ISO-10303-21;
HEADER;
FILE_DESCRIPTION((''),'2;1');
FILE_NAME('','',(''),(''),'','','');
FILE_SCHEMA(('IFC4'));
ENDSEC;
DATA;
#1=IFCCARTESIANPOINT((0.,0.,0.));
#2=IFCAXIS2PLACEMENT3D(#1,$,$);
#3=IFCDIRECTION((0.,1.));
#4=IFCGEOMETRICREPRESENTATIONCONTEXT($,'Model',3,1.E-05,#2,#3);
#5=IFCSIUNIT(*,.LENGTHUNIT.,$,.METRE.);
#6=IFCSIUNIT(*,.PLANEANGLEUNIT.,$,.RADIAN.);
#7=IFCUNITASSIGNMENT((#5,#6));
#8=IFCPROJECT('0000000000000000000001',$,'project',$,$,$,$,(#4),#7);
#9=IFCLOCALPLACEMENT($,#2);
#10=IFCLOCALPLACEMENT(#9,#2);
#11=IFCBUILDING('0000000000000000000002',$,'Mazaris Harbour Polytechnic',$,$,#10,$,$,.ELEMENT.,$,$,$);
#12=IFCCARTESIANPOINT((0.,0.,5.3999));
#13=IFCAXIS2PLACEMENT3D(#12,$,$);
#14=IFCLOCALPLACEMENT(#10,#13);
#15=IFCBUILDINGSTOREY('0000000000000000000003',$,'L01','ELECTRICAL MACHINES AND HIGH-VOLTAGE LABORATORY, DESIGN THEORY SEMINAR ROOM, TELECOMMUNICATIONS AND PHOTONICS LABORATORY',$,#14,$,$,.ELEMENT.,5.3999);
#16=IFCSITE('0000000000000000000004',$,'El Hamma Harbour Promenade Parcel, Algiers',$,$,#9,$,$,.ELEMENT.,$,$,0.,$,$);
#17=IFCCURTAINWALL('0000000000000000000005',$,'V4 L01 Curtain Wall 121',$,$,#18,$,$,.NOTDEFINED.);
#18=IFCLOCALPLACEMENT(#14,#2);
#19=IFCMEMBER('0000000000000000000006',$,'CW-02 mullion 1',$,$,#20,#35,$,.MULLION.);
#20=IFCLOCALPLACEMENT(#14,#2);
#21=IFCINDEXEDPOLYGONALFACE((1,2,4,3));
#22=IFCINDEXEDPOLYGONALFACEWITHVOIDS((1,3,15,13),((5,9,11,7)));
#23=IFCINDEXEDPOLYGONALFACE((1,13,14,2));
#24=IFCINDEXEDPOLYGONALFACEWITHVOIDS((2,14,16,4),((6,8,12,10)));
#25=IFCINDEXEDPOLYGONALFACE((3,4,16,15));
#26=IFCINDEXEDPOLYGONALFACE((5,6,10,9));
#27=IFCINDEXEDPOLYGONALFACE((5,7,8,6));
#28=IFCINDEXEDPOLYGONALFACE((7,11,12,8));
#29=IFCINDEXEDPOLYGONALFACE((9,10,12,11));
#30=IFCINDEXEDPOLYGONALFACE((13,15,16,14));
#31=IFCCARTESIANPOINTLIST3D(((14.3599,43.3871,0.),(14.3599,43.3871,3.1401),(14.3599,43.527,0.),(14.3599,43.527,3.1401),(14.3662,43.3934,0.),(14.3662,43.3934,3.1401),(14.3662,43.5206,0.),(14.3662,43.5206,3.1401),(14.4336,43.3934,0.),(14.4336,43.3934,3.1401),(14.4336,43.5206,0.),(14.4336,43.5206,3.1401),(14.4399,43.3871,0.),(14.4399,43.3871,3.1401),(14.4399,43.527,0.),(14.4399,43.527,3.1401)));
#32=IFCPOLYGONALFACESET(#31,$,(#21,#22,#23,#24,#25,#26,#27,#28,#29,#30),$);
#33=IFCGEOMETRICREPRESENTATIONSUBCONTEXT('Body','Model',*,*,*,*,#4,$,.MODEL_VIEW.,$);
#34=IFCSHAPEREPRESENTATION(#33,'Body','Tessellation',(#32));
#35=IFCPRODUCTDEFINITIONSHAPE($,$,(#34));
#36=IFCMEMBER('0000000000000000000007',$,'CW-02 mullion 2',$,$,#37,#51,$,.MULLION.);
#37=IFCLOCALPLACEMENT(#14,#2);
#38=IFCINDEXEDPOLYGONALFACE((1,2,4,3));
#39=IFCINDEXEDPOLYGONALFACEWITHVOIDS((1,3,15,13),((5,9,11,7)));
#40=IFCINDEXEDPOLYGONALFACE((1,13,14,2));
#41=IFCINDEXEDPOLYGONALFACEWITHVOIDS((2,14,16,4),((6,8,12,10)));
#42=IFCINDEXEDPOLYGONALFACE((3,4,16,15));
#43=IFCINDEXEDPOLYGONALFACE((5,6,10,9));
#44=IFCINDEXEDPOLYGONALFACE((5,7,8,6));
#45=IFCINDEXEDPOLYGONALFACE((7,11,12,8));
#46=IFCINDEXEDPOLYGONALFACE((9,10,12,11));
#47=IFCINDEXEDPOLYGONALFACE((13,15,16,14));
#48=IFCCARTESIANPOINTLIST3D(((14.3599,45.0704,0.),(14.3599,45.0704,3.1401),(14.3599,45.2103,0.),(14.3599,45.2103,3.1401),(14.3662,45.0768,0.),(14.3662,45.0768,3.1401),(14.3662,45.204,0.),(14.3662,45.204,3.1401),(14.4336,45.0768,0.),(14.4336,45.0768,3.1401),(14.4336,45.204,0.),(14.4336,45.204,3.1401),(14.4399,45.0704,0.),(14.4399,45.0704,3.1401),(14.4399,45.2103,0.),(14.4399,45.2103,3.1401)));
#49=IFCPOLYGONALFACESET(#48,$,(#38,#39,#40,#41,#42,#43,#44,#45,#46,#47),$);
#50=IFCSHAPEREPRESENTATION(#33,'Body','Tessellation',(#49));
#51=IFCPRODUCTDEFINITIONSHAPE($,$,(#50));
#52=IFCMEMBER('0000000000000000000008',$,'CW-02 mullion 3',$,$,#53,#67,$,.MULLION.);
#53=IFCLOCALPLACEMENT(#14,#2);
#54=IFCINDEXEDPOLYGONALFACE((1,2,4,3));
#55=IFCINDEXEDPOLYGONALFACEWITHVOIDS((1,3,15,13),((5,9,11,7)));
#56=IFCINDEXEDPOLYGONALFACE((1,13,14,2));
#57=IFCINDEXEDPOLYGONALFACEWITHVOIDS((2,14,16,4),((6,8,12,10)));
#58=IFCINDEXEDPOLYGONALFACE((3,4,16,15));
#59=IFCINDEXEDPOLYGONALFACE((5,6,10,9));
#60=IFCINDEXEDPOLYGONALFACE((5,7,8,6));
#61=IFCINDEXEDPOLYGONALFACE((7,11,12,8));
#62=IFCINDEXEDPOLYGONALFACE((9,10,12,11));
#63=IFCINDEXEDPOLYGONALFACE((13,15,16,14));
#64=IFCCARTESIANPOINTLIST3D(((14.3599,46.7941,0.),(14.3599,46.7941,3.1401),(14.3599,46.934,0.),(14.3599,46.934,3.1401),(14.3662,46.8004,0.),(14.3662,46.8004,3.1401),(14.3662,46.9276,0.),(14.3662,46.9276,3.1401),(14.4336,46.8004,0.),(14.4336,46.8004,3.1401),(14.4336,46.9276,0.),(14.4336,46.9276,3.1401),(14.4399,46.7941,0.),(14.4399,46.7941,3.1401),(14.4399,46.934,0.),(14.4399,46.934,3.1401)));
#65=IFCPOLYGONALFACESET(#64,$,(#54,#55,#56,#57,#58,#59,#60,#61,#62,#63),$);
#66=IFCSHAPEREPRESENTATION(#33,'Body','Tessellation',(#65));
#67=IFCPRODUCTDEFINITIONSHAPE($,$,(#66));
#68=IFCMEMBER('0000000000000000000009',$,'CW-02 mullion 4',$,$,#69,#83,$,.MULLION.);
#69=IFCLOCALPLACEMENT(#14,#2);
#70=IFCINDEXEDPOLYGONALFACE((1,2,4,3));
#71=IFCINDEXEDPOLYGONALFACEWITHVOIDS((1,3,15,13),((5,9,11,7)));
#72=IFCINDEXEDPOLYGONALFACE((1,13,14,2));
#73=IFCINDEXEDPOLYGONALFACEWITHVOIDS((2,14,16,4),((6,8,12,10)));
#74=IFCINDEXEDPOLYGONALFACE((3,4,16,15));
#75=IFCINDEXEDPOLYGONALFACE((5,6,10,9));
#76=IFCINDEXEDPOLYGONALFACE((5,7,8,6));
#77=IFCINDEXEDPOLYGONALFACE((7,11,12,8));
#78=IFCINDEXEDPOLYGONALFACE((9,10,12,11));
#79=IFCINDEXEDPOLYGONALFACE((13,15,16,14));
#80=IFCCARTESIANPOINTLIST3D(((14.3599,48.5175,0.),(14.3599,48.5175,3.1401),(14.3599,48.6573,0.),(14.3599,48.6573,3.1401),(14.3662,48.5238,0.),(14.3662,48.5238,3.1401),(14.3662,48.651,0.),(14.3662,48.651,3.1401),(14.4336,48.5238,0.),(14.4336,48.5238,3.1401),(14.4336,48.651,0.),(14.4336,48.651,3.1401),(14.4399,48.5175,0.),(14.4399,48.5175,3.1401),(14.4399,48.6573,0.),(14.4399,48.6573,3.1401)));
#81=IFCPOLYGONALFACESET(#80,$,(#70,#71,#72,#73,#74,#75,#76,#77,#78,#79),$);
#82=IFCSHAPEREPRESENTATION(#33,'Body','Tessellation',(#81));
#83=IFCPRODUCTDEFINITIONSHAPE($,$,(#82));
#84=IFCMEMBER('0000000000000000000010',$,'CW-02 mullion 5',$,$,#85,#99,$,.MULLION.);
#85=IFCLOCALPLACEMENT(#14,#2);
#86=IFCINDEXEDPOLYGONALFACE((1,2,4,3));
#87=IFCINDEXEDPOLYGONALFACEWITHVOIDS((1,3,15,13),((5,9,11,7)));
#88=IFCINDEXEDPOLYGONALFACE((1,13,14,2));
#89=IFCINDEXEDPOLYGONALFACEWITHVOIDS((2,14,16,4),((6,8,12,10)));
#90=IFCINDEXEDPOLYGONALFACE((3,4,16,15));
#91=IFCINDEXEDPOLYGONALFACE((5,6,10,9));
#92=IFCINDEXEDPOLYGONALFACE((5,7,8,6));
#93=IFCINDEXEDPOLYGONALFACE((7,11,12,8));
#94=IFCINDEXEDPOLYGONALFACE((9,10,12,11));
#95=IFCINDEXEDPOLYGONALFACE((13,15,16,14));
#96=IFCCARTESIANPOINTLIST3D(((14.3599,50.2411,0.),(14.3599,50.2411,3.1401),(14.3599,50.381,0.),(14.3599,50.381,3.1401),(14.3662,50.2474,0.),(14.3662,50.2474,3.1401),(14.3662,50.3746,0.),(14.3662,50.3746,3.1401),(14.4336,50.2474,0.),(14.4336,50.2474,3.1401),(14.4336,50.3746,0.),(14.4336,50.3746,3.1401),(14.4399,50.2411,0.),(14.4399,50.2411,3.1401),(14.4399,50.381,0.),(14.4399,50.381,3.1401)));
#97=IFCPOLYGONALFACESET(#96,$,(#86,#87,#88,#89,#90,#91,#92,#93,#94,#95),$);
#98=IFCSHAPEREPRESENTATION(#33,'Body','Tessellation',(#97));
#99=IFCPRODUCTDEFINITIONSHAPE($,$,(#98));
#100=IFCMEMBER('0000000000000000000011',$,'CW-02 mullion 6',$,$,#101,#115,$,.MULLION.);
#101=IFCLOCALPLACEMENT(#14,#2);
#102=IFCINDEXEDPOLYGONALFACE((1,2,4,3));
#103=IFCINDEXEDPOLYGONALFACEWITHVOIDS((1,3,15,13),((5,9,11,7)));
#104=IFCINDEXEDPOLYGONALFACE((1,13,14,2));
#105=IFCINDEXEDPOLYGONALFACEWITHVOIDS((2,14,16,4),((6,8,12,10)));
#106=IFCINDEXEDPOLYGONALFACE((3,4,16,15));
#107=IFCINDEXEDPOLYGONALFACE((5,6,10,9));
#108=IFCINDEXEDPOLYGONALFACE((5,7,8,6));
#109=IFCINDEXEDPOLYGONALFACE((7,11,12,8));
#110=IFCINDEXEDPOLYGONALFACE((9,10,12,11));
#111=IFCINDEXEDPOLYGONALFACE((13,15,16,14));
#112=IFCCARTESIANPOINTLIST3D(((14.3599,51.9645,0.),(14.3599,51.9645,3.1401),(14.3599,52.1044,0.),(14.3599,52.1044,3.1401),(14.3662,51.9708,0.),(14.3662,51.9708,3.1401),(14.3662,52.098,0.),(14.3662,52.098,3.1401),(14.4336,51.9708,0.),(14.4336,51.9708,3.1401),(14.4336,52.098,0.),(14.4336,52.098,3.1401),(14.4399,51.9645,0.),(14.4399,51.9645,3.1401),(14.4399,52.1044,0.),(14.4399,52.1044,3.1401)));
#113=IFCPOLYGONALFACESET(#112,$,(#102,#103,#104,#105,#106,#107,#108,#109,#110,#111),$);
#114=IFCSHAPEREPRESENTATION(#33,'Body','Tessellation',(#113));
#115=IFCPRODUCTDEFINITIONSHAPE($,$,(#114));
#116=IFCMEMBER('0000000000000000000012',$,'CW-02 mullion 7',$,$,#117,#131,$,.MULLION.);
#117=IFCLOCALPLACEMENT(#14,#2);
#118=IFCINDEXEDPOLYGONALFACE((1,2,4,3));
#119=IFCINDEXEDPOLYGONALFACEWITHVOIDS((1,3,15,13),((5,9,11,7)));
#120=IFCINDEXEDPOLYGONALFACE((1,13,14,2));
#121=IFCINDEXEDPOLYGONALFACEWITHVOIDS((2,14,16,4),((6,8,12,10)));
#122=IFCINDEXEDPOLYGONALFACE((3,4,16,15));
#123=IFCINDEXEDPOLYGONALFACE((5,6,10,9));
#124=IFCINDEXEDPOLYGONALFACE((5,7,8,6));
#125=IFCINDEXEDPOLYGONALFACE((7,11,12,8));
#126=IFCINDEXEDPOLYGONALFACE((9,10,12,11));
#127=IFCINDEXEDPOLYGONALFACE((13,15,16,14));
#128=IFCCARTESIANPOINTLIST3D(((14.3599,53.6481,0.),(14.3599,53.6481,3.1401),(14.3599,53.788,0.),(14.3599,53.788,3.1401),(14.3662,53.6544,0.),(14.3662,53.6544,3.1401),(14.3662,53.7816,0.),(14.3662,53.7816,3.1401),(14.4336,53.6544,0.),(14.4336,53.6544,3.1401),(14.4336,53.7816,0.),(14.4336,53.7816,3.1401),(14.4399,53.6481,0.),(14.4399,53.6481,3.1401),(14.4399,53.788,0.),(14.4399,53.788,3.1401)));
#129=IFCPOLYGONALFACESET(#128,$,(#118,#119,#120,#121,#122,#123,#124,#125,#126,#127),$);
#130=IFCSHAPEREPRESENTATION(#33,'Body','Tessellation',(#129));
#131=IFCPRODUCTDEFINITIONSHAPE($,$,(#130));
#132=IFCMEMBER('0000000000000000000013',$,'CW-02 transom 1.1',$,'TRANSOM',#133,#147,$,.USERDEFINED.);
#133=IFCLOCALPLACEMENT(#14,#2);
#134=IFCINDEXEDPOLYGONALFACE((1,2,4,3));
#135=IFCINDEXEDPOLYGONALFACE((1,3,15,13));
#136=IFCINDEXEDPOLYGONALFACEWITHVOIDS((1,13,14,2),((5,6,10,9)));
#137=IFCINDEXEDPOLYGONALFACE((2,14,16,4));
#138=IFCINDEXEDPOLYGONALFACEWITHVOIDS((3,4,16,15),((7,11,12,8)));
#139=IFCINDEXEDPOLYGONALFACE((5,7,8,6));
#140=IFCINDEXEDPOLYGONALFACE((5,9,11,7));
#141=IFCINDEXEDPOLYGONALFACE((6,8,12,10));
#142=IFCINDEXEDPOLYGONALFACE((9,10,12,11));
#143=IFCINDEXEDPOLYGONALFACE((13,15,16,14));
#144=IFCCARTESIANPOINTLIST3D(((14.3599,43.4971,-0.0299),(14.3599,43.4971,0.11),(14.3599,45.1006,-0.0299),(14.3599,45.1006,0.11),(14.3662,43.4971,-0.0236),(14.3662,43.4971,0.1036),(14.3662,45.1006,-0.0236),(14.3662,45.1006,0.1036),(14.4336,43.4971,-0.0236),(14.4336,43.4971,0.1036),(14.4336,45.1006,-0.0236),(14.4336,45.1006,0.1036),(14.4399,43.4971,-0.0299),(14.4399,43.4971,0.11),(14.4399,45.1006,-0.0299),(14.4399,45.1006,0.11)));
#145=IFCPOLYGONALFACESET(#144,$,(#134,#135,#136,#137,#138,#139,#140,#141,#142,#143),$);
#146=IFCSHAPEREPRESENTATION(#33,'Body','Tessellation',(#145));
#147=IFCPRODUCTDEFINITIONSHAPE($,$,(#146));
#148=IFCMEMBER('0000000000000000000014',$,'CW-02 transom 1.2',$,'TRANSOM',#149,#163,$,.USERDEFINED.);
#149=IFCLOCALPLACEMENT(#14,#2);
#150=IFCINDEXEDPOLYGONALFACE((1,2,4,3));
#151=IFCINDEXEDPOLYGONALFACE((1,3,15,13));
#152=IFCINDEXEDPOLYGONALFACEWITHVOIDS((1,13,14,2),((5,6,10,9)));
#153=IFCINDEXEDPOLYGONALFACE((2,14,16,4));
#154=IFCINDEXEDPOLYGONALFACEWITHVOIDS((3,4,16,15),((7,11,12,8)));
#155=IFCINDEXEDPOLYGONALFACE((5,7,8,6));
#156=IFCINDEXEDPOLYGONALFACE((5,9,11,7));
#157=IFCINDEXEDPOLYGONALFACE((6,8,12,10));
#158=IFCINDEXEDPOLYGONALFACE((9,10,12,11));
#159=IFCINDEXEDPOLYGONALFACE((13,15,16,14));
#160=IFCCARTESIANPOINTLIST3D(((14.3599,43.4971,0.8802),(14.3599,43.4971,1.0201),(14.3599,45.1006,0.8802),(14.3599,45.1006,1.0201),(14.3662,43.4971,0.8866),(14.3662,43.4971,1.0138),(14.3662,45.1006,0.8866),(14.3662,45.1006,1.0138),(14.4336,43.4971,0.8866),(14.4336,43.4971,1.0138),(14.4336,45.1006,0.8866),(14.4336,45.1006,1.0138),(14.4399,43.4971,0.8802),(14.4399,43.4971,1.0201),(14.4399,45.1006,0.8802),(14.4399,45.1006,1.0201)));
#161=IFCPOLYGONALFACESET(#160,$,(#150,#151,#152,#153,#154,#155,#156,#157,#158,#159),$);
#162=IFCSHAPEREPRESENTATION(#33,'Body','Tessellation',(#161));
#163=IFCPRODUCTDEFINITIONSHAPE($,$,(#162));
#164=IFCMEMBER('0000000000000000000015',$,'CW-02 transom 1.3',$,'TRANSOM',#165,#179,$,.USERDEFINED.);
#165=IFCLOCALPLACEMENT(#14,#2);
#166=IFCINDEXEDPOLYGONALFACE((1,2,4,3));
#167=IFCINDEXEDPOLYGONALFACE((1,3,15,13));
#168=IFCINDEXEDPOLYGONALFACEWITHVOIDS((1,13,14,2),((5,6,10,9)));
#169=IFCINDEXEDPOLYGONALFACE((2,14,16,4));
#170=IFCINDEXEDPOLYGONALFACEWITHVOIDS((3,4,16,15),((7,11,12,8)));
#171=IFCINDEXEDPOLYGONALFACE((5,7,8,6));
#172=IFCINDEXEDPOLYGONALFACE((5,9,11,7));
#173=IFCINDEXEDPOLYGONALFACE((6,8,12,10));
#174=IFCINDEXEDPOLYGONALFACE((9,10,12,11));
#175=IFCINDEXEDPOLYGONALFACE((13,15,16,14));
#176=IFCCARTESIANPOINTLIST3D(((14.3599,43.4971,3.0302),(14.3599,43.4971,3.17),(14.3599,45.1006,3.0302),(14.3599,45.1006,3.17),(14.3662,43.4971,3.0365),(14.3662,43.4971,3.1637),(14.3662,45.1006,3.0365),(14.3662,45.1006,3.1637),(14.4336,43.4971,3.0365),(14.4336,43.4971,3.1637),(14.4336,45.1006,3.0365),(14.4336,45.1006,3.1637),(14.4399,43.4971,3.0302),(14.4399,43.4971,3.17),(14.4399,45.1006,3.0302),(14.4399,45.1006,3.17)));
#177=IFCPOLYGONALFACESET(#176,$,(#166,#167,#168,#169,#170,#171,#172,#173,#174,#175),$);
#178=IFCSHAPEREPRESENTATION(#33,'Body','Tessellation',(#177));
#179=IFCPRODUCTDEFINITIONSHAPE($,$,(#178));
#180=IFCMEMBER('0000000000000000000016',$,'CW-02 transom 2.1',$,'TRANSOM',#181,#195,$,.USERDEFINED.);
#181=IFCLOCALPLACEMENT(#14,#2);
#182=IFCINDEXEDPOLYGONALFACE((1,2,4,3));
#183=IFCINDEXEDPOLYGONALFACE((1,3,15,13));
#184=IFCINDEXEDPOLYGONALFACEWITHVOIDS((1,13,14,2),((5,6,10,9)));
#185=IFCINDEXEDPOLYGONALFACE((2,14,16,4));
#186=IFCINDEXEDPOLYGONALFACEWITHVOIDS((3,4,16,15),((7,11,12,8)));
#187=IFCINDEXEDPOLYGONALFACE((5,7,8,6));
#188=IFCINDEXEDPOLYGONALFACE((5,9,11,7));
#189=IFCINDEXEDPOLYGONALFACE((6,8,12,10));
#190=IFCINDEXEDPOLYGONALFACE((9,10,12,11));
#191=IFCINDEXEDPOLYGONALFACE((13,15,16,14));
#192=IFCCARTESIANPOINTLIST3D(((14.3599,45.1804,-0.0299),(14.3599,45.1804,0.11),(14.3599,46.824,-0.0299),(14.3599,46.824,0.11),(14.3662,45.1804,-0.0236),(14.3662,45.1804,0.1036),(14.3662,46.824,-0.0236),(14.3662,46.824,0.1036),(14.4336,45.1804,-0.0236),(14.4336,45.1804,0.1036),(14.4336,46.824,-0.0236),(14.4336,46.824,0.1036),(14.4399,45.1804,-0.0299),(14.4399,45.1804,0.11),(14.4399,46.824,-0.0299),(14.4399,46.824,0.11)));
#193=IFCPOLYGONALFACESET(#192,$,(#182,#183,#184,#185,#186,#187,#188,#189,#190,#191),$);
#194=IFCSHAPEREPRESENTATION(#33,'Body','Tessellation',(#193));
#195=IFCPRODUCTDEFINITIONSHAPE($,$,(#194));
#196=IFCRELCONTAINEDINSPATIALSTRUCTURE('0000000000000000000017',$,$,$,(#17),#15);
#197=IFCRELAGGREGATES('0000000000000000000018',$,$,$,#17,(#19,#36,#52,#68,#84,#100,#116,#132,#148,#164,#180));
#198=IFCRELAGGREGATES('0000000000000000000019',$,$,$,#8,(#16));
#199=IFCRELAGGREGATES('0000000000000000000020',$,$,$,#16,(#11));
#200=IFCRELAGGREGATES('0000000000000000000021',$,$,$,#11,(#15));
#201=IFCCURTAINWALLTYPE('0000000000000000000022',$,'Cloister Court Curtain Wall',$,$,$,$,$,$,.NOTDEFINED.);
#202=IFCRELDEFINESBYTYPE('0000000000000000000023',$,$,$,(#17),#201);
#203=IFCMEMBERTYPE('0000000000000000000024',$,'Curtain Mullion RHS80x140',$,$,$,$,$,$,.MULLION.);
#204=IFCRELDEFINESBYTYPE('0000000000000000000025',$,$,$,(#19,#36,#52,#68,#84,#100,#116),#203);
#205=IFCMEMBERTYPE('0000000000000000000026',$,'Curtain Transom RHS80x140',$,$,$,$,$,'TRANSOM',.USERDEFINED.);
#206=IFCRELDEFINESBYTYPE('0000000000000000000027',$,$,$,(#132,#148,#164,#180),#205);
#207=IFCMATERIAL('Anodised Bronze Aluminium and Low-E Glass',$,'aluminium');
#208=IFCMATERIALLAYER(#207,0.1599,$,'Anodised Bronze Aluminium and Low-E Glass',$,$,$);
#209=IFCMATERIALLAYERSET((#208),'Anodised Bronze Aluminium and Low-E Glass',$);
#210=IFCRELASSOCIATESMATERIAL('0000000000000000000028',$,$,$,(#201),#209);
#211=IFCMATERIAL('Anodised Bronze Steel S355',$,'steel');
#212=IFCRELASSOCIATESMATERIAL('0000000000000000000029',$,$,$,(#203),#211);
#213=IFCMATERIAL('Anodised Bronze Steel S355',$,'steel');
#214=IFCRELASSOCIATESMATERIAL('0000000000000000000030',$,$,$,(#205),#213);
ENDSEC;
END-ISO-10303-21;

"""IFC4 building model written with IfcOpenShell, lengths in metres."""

from ifc_helpers import new_model, si_unit, direction, frame, origin, origin_2d, place, context, subcontext, project, spatial, hollow_rectangle, extrude, material, layer, layer_set, material_profile, profile_set, type_object, element, aggregate, save


model = new_model("IFC4")

# Units and contexts
model_context = context("Model", 3, precision=1e-05, world=origin(), true_north=direction((0.0, 1.0)))
body_context = subcontext(model_context, "Body", "Model", "MODEL_VIEW")
ifc_project = project(units=[si_unit("LENGTHUNIT", "METRE"), si_unit("PLANEANGLEUNIT", "RADIAN")], contexts=[model_context])

# Site, building, storey
site_placement = place(None, origin())
site = spatial("IfcSite", under=ifc_project, at=site_placement, Name="El Hamma Harbour Promenade Parcel, Algiers", CompositionType="ELEMENT", RefElevation=0.0)
building_placement = place(site_placement, origin())
building = spatial("IfcBuilding", under=site, at=building_placement, Name="Mazaris Harbour Polytechnic", CompositionType="ELEMENT")
storey_placement = place(building_placement, frame((0.0, 0.0, 5.3999)))
storey = spatial("IfcBuildingStorey", under=building, at=storey_placement, Name="L01", Description="ELECTRICAL MACHINES AND HIGH-VOLTAGE LABORATORY, DESIGN THEORY SEMINAR ROOM, TELECOMMUNICATIONS AND PHOTONICS LABORATORY", CompositionType="ELEMENT", Elevation=5.3999)

# Curtain wall, members
ifc_material_1 = material(Name="Anodised Bronze Aluminium and Low-E Glass", Category="aluminium")
ifc_layer_1 = layer(ifc_material_1, 0.1599, Name="Anodised Bronze Aluminium and Low-E Glass")
ifc_layer_set_1 = layer_set([ifc_layer_1], Name="Anodised Bronze Aluminium and Low-E Glass")
curtain_wall_type = type_object("IfcCurtainWallType", Name="Cloister Court Curtain Wall", PredefinedType="NOTDEFINED", material=ifc_layer_set_1)
curtain_wall_placement = place(storey_placement, origin())
curtain_wall = element("IfcCurtainWall", 1, at=curtain_wall_placement, inside=storey, type_object=curtain_wall_type, Name="V4 L01 Curtain Wall 121", PredefinedType="NOTDEFINED")
ifc_material_2 = material(Name="Anodised Bronze Steel S355", Category="steel")
ifc_material_profile_1 = material_profile(ifc_material_2, hollow_rectangle(XDim=0.0801, YDim=0.1399, WallThickness=0.0063, at=origin_2d()), Name="RHS 80x140x6.3")
ifc_profile_set_1 = profile_set([ifc_material_profile_1], Name="Anodised Bronze Steel S355")
member_type_1 = type_object("IfcMemberType", Name="Curtain Mullion RHS80x140", PredefinedType="MULLION", material=ifc_profile_set_1)
member_1_placement = place(storey_placement, frame((14.3999, 43.457, 0.0), z_axis=(0.0, 0.0, 1.0), x_axis=(-1.0, 0.0, 0.0)))
member_1 = element("IfcMember", 2, at=member_1_placement, type_object=member_type_1, Name="CW-02 mullion 1", PredefinedType="MULLION", context=body_context, shape_type="SweptSolid", body=[
    extrude(hollow_rectangle(XDim=0.0801, YDim=0.1399, WallThickness=0.0063, at=origin_2d()), origin(), (0.0, 0.0, 1.0), 3.1401),
])
member_2_placement = place(storey_placement, frame((14.3999, 45.1404, 0.0), z_axis=(0.0, 0.0, 1.0), x_axis=(-1.0, 0.0, 0.0)))
member_2 = element("IfcMember", 3, at=member_2_placement, type_object=member_type_1, Name="CW-02 mullion 2", PredefinedType="MULLION", context=body_context, shape_type="SweptSolid", body=[
    extrude(hollow_rectangle(XDim=0.0801, YDim=0.1399, WallThickness=0.0063, at=origin_2d()), origin(), (0.0, 0.0, 1.0), 3.1401),
])
member_3_placement = place(storey_placement, frame((14.3999, 46.864, 0.0), z_axis=(0.0, 0.0, 1.0), x_axis=(-1.0, 0.0, 0.0)))
member_3 = element("IfcMember", 4, at=member_3_placement, type_object=member_type_1, Name="CW-02 mullion 3", PredefinedType="MULLION", context=body_context, shape_type="SweptSolid", body=[
    extrude(hollow_rectangle(XDim=0.0801, YDim=0.1399, WallThickness=0.0063, at=origin_2d()), origin(), (0.0, 0.0, 1.0), 3.1401),
])
member_4_placement = place(storey_placement, frame((14.3999, 48.5874, 0.0), z_axis=(0.0, 0.0, 1.0), x_axis=(-1.0, 0.0, 0.0)))
member_4 = element("IfcMember", 5, at=member_4_placement, type_object=member_type_1, Name="CW-02 mullion 4", PredefinedType="MULLION", context=body_context, shape_type="SweptSolid", body=[
    extrude(hollow_rectangle(XDim=0.0801, YDim=0.1399, WallThickness=0.0063, at=origin_2d()), origin(), (0.0, 0.0, 1.0), 3.1401),
])
member_5_placement = place(storey_placement, frame((14.3999, 50.311, 0.0), z_axis=(0.0, 0.0, 1.0), x_axis=(-1.0, 0.0, 0.0)))
member_5 = element("IfcMember", 6, at=member_5_placement, type_object=member_type_1, Name="CW-02 mullion 5", PredefinedType="MULLION", context=body_context, shape_type="SweptSolid", body=[
    extrude(hollow_rectangle(XDim=0.0801, YDim=0.1399, WallThickness=0.0063, at=origin_2d()), origin(), (0.0, 0.0, 1.0), 3.1401),
])
member_6_placement = place(storey_placement, frame((14.3999, 52.0344, 0.0), z_axis=(0.0, 0.0, 1.0), x_axis=(-1.0, 0.0, 0.0)))
member_6 = element("IfcMember", 7, at=member_6_placement, type_object=member_type_1, Name="CW-02 mullion 6", PredefinedType="MULLION", context=body_context, shape_type="SweptSolid", body=[
    extrude(hollow_rectangle(XDim=0.0801, YDim=0.1399, WallThickness=0.0063, at=origin_2d()), origin(), (0.0, 0.0, 1.0), 3.1401),
])
member_7_placement = place(storey_placement, frame((14.3999, 53.718, 0.0), z_axis=(0.0, 0.0, 1.0), x_axis=(-1.0, 0.0, 0.0)))
member_7 = element("IfcMember", 8, at=member_7_placement, type_object=member_type_1, Name="CW-02 mullion 7", PredefinedType="MULLION", context=body_context, shape_type="SweptSolid", body=[
    extrude(hollow_rectangle(XDim=0.0801, YDim=0.1399, WallThickness=0.0063, at=origin_2d()), origin(), (0.0, 0.0, 1.0), 3.1401),
])
ifc_material_3 = material(Name="Anodised Bronze Steel S355", Category="steel")
ifc_material_profile_2 = material_profile(ifc_material_3, hollow_rectangle(XDim=0.0801, YDim=0.1399, WallThickness=0.0063, at=origin_2d()), Name="RHS 80x140x6.3")
ifc_profile_set_2 = profile_set([ifc_material_profile_2], Name="Anodised Bronze Steel S355")
member_type_2 = type_object("IfcMemberType", Name="Curtain Transom RHS80x140", ElementType="TRANSOM", PredefinedType="USERDEFINED", material=ifc_profile_set_2)
member_8_placement = place(storey_placement, frame((14.3999, 43.4971, 0.04), z_axis=(0.0, 1.0, 0.0), x_axis=(-1.0, 0.0, 0.0)))
member_8 = element("IfcMember", 9, at=member_8_placement, type_object=member_type_2, Name="CW-02 transom 1.1", ObjectType="TRANSOM", PredefinedType="USERDEFINED", context=body_context, shape_type="SweptSolid", body=[
    extrude(hollow_rectangle(XDim=0.0801, YDim=0.1399, WallThickness=0.0063, at=origin_2d()), origin(), (0.0, 0.0, 1.0), 1.6035),
])
member_9_placement = place(storey_placement, frame((14.3999, 43.4971, 0.9502), z_axis=(0.0, 1.0, 0.0), x_axis=(-1.0, 0.0, 0.0)))
member_9 = element("IfcMember", 10, at=member_9_placement, type_object=member_type_2, Name="CW-02 transom 1.2", ObjectType="TRANSOM", PredefinedType="USERDEFINED", context=body_context, shape_type="SweptSolid", body=[
    extrude(hollow_rectangle(XDim=0.0801, YDim=0.1399, WallThickness=0.0063, at=origin_2d()), origin(), (0.0, 0.0, 1.0), 1.6035),
])
member_10_placement = place(storey_placement, frame((14.3999, 43.4971, 3.1001), z_axis=(0.0, 1.0, 0.0), x_axis=(-1.0, 0.0, 0.0)))
member_10 = element("IfcMember", 11, at=member_10_placement, type_object=member_type_2, Name="CW-02 transom 1.3", ObjectType="TRANSOM", PredefinedType="USERDEFINED", context=body_context, shape_type="SweptSolid", body=[
    extrude(hollow_rectangle(XDim=0.0801, YDim=0.1399, WallThickness=0.0063, at=origin_2d()), origin(), (0.0, 0.0, 1.0), 1.6035),
])
member_11_placement = place(storey_placement, frame((14.3999, 45.1804, 0.04), z_axis=(0.0, 1.0, 0.0), x_axis=(-1.0, 0.0, 0.0)))
member_11 = element("IfcMember", 12, at=member_11_placement, type_object=member_type_2, Name="CW-02 transom 2.1", ObjectType="TRANSOM", PredefinedType="USERDEFINED", context=body_context, shape_type="SweptSolid", body=[
    extrude(hollow_rectangle(XDim=0.0801, YDim=0.1399, WallThickness=0.0063, at=origin_2d()), origin(), (0.0, 0.0, 1.0), 1.6436),
])

aggregate(curtain_wall, [member_1, member_2, member_3, member_4, member_5, member_6, member_7, member_8, member_9, member_10, member_11])

save(model, "model.ifc")
